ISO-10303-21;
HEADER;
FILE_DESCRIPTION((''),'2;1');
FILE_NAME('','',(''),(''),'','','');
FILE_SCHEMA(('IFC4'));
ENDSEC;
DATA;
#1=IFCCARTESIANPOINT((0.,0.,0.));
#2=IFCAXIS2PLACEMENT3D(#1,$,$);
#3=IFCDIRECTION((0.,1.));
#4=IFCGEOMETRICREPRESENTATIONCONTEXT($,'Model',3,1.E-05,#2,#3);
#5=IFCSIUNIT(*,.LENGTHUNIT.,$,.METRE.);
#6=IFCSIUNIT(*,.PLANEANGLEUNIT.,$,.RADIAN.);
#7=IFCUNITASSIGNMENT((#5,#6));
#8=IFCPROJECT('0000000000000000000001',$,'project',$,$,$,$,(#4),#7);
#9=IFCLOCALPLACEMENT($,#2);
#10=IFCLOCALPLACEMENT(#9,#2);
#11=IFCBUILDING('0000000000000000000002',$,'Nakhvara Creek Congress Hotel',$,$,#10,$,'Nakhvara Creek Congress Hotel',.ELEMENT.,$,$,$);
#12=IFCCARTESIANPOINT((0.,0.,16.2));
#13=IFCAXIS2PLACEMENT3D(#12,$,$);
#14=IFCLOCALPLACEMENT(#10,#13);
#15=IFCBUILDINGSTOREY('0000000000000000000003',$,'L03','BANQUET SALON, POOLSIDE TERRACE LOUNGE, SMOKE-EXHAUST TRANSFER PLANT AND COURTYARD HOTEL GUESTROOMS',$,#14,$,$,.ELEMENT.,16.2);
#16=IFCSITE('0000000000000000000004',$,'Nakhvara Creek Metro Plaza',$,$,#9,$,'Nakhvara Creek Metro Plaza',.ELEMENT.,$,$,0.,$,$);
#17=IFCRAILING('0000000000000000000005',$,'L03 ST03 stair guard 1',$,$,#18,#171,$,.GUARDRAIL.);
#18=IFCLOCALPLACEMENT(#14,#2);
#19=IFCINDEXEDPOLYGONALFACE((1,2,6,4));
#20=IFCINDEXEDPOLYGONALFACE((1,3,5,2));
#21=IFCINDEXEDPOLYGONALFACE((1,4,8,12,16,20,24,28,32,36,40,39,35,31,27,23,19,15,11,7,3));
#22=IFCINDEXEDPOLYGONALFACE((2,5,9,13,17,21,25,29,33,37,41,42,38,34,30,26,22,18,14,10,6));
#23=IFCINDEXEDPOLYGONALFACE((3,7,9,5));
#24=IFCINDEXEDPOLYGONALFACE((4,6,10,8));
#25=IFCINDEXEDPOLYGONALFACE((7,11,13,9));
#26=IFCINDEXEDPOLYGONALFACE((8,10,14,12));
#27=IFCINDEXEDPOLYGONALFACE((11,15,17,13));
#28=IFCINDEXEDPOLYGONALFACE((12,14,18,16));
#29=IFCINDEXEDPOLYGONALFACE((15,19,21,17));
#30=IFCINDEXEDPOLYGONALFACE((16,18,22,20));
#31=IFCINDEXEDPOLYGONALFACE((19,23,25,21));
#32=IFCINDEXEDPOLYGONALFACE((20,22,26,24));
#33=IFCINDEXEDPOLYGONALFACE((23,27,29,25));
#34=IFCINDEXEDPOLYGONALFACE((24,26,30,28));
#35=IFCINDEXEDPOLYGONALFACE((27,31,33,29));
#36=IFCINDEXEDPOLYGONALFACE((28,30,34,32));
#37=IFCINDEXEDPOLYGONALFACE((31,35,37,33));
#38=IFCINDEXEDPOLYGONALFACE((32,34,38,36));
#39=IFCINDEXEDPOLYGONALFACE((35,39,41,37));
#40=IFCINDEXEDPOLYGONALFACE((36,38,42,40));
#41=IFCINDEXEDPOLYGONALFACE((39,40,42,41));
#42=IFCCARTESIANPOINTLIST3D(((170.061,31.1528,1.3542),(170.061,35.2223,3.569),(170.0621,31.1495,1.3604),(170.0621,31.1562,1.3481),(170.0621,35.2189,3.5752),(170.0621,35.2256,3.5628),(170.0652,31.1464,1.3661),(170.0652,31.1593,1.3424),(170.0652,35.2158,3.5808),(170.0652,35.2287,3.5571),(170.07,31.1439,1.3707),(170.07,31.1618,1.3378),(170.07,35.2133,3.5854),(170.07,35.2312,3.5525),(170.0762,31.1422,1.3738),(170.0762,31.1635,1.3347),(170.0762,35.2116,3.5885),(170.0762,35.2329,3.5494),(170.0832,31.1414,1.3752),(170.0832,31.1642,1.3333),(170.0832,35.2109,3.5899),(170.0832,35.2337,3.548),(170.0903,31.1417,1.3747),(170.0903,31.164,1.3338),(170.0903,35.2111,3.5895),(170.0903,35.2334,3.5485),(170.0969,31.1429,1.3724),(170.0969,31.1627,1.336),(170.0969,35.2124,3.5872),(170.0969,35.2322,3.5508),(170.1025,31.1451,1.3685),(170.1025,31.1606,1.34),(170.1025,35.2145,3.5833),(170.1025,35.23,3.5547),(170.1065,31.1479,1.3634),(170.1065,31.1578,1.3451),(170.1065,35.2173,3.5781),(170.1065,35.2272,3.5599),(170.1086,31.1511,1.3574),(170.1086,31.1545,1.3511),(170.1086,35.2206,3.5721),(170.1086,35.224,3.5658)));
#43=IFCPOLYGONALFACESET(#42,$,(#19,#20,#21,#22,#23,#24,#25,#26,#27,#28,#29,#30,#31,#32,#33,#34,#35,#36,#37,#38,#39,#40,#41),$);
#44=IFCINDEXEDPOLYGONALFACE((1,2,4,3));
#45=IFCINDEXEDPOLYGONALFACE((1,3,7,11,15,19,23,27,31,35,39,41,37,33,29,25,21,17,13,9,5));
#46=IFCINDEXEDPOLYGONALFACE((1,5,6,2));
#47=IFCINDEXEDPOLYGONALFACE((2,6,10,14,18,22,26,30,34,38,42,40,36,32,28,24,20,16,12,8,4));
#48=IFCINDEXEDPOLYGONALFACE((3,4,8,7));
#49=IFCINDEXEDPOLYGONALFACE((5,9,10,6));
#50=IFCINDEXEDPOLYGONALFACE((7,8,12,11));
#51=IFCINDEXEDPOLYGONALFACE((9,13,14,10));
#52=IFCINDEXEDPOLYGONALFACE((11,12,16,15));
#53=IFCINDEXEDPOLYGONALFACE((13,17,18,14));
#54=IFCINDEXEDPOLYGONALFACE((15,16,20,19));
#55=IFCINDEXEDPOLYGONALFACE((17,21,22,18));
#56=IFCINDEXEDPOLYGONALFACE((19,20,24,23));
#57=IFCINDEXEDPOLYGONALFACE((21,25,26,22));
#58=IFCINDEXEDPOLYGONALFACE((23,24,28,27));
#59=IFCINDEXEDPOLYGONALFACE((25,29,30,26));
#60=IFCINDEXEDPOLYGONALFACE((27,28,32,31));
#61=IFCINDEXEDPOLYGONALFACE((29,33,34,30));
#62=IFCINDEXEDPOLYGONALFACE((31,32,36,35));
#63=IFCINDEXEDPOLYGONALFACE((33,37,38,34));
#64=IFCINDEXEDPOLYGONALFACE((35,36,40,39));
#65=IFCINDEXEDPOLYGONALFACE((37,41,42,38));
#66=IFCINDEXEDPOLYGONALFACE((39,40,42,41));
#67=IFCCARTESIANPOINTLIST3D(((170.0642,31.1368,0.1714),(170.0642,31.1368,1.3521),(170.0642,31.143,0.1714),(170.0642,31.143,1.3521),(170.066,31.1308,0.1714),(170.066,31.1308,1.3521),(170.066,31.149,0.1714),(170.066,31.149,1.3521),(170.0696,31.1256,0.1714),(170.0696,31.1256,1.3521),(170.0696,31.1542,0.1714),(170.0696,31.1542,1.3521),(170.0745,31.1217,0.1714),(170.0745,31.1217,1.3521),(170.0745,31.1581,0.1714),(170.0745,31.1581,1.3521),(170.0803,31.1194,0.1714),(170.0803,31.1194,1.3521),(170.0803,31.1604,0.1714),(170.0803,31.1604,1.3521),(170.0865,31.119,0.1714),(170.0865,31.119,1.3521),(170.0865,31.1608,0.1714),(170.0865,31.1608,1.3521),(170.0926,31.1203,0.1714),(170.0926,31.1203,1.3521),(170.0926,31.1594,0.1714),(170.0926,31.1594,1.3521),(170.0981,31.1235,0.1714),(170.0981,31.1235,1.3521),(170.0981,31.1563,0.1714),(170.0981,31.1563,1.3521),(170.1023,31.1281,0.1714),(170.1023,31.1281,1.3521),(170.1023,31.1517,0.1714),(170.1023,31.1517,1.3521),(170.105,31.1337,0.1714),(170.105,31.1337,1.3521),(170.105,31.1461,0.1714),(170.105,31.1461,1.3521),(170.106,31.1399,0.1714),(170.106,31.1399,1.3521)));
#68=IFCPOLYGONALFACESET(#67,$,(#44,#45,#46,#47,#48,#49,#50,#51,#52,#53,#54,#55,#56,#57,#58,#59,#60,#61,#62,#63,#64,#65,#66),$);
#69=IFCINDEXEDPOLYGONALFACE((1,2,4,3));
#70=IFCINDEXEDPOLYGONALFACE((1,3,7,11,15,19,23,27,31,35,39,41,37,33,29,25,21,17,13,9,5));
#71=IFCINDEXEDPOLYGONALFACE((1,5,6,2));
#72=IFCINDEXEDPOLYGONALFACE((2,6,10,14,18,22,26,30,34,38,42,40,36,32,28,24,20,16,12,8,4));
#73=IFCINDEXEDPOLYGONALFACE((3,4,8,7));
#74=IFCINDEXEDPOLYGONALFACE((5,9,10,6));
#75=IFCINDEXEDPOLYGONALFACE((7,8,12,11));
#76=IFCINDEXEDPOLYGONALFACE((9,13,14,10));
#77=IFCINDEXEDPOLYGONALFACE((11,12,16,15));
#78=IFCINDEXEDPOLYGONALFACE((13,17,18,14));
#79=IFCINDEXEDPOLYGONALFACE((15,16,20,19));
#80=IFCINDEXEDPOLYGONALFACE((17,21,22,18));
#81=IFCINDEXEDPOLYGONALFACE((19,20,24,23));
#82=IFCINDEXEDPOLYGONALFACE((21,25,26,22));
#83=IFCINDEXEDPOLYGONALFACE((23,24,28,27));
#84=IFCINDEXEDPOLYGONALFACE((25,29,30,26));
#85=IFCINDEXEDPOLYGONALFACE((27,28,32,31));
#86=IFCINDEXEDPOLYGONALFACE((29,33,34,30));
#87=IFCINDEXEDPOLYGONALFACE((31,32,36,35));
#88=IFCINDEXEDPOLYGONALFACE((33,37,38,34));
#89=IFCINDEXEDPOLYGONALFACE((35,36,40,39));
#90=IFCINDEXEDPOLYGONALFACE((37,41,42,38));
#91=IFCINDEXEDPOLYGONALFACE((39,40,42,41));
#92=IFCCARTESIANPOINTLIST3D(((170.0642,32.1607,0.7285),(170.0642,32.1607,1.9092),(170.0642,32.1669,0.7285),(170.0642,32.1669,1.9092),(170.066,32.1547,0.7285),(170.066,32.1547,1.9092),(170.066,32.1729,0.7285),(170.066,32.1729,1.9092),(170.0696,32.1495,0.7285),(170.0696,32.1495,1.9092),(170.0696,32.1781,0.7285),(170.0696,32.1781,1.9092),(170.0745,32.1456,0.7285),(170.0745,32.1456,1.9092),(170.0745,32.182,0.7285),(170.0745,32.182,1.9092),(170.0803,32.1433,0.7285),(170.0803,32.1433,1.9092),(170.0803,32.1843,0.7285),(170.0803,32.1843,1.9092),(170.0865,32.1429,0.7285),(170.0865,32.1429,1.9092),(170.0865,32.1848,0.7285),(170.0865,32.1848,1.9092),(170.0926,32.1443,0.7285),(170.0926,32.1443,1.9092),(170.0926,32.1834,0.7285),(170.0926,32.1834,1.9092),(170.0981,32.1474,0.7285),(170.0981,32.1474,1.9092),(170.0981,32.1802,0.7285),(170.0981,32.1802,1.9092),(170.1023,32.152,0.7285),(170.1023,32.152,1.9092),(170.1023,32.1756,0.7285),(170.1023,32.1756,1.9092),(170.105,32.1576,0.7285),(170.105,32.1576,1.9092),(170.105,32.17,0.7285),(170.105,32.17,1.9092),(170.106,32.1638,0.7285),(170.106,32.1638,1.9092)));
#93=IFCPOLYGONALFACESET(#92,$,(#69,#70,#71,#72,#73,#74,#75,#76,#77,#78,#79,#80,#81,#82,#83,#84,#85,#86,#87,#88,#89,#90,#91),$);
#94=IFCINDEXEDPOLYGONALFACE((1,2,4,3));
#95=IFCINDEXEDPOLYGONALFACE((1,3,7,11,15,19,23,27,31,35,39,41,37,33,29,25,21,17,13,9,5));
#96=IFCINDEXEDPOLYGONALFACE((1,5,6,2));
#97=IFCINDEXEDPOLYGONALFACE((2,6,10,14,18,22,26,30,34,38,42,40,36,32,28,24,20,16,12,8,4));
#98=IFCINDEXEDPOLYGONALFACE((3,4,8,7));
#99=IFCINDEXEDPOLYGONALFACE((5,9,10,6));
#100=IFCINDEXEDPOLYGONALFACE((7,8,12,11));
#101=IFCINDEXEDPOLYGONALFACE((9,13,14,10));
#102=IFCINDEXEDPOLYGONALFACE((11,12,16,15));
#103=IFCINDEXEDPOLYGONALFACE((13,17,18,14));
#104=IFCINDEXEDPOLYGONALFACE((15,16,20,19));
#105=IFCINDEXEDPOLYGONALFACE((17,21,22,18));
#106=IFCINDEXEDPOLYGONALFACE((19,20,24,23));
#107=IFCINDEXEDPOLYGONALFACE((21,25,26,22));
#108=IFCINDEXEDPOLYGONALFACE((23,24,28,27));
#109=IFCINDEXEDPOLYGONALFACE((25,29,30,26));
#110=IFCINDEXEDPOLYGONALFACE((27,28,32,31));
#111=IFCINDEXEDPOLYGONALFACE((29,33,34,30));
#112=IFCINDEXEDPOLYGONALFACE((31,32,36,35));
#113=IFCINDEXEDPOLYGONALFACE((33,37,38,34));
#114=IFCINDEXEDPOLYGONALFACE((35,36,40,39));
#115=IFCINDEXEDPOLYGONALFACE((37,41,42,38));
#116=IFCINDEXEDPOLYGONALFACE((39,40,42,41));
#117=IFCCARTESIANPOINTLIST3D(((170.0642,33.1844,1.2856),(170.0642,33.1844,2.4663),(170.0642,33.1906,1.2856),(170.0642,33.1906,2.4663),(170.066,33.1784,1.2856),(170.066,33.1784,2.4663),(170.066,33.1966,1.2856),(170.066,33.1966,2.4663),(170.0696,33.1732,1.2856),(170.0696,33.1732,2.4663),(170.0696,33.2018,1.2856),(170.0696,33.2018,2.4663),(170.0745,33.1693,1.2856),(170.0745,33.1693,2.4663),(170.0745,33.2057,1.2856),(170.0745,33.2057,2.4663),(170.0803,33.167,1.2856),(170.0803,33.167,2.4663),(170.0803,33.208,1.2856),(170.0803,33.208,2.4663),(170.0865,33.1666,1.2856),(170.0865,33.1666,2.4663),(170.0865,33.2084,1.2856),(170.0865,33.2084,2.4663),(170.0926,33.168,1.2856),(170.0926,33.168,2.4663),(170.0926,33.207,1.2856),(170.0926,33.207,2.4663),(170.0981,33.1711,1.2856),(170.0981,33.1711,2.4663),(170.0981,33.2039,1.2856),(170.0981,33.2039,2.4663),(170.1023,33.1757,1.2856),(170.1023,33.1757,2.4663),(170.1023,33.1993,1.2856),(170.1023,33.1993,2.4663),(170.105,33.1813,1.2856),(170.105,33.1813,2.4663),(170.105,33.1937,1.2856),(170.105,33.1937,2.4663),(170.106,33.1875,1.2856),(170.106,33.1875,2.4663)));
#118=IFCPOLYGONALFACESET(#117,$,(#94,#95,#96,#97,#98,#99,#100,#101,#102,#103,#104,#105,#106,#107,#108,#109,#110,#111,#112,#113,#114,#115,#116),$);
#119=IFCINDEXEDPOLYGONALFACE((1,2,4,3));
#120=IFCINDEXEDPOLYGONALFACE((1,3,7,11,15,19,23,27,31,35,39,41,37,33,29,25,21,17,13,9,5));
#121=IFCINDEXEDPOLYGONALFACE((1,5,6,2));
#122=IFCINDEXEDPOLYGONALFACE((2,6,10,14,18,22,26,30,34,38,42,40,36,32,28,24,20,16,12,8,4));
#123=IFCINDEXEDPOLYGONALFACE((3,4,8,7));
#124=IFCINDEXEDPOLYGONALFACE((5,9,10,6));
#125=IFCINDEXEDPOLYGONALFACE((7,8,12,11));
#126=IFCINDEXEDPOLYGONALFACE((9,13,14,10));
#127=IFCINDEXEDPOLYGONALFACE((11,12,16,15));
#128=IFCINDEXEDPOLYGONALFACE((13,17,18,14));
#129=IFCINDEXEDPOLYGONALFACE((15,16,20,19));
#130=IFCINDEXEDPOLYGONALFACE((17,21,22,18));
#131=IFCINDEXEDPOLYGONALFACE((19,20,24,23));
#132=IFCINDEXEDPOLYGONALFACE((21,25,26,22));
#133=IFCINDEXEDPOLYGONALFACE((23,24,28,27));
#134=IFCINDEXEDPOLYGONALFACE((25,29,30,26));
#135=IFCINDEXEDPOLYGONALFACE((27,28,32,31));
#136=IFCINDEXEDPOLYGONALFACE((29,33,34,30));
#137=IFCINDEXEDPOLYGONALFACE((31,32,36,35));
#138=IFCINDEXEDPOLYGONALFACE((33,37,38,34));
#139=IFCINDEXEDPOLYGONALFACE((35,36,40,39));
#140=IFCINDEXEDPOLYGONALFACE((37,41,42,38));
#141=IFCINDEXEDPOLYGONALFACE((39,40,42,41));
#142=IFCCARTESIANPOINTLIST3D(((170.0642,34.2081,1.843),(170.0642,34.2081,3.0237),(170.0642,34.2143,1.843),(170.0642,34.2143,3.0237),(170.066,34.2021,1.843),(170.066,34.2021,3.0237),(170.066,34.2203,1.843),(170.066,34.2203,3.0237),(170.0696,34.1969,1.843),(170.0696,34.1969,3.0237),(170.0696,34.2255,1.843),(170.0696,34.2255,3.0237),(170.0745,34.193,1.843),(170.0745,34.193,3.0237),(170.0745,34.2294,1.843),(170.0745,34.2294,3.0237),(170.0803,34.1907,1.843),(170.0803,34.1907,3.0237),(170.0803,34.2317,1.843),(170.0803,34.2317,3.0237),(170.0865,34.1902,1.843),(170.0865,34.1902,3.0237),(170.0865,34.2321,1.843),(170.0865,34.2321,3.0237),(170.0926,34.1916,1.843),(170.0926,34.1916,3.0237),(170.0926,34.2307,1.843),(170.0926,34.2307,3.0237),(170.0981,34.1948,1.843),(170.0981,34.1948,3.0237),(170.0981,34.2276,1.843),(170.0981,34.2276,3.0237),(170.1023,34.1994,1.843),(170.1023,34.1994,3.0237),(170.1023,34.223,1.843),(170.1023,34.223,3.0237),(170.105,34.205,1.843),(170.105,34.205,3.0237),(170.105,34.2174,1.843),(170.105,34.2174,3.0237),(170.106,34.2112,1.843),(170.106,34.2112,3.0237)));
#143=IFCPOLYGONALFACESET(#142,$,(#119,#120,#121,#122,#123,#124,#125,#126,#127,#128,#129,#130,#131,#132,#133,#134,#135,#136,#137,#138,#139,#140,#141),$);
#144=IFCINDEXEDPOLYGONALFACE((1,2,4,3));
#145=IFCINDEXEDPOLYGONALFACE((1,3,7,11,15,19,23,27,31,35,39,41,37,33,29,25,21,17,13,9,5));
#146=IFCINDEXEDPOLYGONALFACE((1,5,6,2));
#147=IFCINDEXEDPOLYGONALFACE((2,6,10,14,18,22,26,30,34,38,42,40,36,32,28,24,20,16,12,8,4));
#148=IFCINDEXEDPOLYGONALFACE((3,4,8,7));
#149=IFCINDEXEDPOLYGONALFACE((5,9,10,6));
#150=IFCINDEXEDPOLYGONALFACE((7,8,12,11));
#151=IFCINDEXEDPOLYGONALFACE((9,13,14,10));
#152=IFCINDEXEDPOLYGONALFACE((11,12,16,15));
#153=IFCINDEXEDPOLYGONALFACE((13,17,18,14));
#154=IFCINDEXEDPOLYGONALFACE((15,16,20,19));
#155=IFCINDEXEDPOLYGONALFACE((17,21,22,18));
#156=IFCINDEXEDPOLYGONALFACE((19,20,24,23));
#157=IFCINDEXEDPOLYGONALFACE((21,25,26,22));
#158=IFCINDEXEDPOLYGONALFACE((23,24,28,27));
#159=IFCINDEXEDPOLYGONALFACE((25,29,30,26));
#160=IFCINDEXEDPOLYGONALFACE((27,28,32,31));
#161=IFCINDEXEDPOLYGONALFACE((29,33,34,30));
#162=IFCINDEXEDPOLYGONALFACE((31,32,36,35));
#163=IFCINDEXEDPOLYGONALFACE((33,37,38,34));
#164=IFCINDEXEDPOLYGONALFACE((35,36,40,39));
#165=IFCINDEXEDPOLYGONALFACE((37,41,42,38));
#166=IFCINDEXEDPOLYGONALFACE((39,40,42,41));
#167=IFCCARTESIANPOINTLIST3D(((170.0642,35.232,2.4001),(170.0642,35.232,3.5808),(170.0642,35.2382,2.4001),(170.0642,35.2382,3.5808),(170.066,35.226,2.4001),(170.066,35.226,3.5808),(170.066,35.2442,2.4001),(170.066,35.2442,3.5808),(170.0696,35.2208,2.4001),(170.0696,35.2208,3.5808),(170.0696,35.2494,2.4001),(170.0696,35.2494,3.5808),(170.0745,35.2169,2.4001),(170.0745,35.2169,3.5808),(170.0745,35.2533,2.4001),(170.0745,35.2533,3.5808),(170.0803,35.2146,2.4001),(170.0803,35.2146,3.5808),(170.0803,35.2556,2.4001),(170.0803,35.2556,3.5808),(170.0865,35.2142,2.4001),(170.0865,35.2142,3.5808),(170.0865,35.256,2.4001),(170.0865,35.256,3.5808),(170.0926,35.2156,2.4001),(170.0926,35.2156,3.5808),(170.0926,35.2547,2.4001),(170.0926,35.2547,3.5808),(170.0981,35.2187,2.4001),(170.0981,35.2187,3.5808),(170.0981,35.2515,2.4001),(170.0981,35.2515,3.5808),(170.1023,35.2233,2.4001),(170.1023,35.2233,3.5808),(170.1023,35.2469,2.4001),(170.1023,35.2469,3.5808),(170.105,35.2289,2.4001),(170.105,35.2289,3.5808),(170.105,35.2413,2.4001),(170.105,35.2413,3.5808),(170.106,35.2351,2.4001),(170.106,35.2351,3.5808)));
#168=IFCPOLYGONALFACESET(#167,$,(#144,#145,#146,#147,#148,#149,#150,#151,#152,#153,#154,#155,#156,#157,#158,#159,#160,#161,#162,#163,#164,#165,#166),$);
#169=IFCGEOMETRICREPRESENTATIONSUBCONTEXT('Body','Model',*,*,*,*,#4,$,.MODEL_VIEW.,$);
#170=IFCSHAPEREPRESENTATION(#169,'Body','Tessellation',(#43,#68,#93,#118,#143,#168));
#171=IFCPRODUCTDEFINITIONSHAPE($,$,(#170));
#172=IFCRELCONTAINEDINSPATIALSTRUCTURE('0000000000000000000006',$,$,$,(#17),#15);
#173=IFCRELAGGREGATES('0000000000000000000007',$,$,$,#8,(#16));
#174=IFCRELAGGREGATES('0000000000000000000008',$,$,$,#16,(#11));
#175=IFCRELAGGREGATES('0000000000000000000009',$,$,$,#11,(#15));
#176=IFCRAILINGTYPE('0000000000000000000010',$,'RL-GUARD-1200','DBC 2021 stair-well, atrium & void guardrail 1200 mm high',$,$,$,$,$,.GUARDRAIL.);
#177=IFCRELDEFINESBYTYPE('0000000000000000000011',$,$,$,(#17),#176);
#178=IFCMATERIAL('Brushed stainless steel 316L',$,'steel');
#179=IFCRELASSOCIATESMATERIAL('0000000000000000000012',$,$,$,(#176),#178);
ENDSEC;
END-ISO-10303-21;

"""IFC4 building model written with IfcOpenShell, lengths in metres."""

from ifc_helpers import new_model, si_unit, direction, frame, origin, origin_2d, place, context, subcontext, project, spatial, circle, extrude, material, type_object, element, save


model = new_model("IFC4")

# Units and contexts
model_context = context("Model", 3, precision=1e-05, world=origin(), true_north=direction((0.0, 1.0)))
body_context = subcontext(model_context, "Body", "Model", "MODEL_VIEW")
ifc_project = project(units=[si_unit("LENGTHUNIT", "METRE"), si_unit("PLANEANGLEUNIT", "RADIAN")], contexts=[model_context])

# Site, building, storey
site_placement = place(None, origin())
site = spatial("IfcSite", under=ifc_project, at=site_placement, Name="Nakhvara Creek Metro Plaza", LongName="Nakhvara Creek Metro Plaza", CompositionType="ELEMENT", RefElevation=0.0)
building_placement = place(site_placement, origin())
building = spatial("IfcBuilding", under=site, at=building_placement, Name="Nakhvara Creek Congress Hotel", LongName="Nakhvara Creek Congress Hotel", CompositionType="ELEMENT")
storey_placement = place(building_placement, frame((0.0, 0.0, 16.2)))
storey = spatial("IfcBuildingStorey", under=building, at=storey_placement, Name="L03", Description="BANQUET SALON, POOLSIDE TERRACE LOUNGE, SMOKE-EXHAUST TRANSFER PLANT AND COURTYARD HOTEL GUESTROOMS", CompositionType="ELEMENT", Elevation=16.2)

# Railing
ifc_material_1 = material(Name="Brushed stainless steel 316L", Category="steel")
railing_type_1 = type_object("IfcRailingType", Name="RL-GUARD-1200", Description="DBC 2021 stair-well, atrium & void guardrail 1200 mm high", PredefinedType="GUARDRAIL", material=ifc_material_1)
railing_1_placement = place(storey_placement, frame((170.085, 31.1399, 0.1714)))
element("IfcRailing", 1, at=railing_1_placement, inside=storey, type_object=railing_type_1, Name="L03 ST03 stair guard 1", PredefinedType="GUARDRAIL", context=body_context, shape_type="SweptSolid", body=[
    extrude(circle(Radius=0.0239, at=origin_2d()), frame((0.0, 0.0129, 1.1829), z_axis=(0.0, 0.878345, 0.478026), x_axis=(-1.0, 0.0, 0.0)), (0.0, 0.0, 1.0), 4.6331),
    extrude(circle(Radius=0.021, at=origin_2d()), origin(), (0.0, 0.0, 1.0), 1.1807),
    extrude(circle(Radius=0.021, at=origin_2d()), frame((0.0, 1.0239, 0.5571)), (0.0, 0.0, 1.0), 1.1807),
    extrude(circle(Radius=0.021, at=origin_2d()), frame((0.0, 2.0476, 1.1143)), (0.0, 0.0, 1.0), 1.1807),
    extrude(circle(Radius=0.021, at=origin_2d()), frame((0.0, 3.0713, 1.6716)), (0.0, 0.0, 1.0), 1.1807),
    extrude(circle(Radius=0.021, at=origin_2d()), frame((0.0, 4.0952, 2.2288)), (0.0, 0.0, 1.0), 1.1807),
])

save(model, "model.ifc")
